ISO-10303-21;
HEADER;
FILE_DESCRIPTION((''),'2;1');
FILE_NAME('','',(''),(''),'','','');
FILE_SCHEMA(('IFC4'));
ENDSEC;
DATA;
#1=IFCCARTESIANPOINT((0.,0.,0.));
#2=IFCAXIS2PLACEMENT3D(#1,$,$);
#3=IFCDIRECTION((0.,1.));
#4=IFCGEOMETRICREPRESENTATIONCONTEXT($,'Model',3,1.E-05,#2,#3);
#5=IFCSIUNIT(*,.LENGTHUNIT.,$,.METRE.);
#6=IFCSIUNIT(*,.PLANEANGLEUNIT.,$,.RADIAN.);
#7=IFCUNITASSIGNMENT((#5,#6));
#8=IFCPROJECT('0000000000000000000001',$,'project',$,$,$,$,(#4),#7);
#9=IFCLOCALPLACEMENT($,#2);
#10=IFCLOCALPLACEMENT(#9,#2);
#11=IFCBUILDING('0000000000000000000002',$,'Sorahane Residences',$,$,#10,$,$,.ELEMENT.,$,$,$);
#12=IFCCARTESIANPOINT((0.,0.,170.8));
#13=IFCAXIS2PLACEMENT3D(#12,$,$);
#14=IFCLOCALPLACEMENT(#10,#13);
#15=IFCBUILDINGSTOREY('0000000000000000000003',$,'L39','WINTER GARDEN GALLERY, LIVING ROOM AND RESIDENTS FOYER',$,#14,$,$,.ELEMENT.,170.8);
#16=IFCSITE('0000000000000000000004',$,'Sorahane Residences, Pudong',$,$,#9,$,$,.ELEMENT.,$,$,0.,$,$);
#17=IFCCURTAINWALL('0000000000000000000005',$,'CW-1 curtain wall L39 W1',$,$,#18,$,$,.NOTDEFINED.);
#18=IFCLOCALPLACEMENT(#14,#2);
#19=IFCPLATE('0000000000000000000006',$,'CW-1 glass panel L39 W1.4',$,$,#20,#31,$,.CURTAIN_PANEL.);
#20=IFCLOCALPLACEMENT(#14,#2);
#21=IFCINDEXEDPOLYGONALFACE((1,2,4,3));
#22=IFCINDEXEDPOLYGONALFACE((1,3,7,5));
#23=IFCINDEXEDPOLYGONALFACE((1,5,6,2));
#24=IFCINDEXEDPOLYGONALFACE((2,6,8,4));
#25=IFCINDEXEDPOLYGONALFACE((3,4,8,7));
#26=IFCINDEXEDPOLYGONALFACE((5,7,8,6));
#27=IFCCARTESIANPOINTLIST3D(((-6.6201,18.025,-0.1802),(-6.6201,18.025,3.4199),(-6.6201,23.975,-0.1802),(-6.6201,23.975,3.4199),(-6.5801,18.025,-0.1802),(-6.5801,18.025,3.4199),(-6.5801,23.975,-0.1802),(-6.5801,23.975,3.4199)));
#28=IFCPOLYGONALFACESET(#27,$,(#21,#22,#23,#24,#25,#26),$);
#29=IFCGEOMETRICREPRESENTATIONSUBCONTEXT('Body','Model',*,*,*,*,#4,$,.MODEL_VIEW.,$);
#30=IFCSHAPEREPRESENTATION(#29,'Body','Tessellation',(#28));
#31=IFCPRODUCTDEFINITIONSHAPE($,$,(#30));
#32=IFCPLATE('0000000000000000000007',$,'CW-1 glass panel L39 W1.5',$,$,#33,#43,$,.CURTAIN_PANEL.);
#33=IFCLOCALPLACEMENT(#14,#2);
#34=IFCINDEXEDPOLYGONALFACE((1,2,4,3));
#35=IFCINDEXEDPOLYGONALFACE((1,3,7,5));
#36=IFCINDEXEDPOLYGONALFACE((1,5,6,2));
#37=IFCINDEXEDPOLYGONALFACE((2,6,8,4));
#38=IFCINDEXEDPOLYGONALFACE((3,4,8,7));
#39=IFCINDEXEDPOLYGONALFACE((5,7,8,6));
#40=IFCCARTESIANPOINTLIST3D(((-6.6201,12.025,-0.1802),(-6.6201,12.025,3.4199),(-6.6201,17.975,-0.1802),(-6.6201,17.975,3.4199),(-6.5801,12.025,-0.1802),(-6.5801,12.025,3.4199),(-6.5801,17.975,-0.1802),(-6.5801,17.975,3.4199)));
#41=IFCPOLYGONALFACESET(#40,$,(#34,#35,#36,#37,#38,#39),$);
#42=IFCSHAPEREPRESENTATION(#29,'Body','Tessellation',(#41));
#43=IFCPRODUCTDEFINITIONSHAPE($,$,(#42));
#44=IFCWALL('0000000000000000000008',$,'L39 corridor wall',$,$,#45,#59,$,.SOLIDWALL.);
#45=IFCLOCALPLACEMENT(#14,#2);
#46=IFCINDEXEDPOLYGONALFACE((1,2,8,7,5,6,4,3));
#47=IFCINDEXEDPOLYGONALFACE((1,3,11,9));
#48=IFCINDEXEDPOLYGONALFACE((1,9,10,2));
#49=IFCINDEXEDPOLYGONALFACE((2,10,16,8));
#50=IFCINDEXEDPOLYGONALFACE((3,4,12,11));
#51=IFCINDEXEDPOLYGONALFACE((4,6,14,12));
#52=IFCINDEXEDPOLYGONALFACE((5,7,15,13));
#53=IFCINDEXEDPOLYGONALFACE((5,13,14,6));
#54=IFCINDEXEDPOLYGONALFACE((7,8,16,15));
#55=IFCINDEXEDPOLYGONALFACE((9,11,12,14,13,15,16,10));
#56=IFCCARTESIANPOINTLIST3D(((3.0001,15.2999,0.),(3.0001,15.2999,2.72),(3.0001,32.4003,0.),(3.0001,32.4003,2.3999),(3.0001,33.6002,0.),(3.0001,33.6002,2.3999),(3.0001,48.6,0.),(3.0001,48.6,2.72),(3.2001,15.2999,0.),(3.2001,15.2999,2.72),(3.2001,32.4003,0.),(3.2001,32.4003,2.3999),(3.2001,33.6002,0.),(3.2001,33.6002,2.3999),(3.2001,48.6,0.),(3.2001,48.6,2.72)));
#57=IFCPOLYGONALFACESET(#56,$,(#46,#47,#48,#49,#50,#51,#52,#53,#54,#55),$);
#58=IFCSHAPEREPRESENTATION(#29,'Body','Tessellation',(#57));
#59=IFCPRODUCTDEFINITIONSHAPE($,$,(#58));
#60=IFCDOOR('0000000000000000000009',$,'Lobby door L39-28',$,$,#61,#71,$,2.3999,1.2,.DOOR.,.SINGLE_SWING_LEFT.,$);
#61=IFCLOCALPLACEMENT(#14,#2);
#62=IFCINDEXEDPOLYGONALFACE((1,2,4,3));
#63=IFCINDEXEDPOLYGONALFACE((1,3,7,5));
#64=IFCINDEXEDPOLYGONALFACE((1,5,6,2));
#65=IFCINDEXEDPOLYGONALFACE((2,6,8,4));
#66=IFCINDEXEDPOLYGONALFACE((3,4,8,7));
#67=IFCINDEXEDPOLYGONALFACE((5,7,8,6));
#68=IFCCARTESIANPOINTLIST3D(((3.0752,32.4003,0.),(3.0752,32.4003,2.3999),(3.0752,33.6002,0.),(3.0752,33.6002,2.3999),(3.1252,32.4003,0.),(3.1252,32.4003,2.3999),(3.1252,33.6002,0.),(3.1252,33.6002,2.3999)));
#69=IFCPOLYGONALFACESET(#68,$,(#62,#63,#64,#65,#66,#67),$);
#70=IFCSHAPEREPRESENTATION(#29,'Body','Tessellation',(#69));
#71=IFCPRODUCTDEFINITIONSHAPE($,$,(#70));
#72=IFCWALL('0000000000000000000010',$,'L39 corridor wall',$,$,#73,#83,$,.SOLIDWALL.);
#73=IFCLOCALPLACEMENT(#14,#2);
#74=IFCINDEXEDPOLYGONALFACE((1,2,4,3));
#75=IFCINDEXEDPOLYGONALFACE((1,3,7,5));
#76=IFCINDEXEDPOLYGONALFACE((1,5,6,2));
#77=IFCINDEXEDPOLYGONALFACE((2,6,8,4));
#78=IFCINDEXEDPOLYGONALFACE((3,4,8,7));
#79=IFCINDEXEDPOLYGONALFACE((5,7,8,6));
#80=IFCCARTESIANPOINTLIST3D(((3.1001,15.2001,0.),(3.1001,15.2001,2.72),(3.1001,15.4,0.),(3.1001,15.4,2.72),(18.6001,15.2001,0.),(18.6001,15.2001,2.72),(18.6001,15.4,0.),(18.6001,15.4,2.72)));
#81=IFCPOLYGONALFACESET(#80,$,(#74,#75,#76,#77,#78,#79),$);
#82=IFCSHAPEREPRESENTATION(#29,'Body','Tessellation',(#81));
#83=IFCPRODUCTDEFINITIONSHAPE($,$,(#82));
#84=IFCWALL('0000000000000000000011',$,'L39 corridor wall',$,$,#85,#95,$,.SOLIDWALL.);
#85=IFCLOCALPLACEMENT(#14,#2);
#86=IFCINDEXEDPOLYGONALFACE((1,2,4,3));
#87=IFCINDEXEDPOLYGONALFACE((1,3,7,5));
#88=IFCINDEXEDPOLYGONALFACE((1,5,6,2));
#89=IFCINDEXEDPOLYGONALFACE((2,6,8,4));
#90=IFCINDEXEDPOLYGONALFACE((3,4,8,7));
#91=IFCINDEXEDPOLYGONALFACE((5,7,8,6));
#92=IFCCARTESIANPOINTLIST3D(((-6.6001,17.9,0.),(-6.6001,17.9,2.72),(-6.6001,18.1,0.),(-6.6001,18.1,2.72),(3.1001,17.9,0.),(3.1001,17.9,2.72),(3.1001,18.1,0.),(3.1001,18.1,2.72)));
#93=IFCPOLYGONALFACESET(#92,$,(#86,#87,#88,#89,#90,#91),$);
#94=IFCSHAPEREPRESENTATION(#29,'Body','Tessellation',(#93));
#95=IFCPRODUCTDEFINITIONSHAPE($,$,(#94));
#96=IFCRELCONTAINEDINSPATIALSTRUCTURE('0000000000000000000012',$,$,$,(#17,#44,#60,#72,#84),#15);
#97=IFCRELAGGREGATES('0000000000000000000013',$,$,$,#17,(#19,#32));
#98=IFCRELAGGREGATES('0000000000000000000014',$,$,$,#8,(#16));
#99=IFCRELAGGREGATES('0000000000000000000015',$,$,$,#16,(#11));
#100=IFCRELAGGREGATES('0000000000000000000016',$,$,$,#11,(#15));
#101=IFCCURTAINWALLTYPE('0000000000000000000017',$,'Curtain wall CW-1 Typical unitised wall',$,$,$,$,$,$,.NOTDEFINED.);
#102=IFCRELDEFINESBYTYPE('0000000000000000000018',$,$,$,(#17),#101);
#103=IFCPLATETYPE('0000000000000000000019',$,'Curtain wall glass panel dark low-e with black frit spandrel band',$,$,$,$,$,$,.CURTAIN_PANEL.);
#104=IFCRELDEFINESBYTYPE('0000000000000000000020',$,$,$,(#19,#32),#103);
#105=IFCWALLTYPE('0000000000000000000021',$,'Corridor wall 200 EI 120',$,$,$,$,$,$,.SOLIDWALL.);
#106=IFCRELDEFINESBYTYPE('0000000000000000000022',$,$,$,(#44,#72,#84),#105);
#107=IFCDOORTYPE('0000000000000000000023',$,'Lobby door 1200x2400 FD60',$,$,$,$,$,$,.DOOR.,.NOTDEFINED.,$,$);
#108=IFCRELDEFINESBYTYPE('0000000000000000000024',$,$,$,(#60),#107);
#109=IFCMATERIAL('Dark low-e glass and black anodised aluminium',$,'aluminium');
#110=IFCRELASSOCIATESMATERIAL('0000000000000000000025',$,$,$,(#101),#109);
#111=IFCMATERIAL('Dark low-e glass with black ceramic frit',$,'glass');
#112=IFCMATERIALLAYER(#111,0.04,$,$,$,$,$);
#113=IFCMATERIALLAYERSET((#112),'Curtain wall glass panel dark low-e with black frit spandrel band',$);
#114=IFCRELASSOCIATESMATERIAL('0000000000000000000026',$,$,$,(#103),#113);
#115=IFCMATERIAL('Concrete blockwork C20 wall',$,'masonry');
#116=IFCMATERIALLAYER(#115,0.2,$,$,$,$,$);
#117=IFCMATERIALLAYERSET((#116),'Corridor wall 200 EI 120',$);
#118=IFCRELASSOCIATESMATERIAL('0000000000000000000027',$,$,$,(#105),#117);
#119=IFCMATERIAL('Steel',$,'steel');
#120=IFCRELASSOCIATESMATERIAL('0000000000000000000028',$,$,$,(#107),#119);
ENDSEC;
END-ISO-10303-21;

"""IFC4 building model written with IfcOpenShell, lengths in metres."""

from ifc_helpers import new_model, si_unit, direction, frame, frame_2d, origin, origin_2d, place, context, subcontext, project, spatial, rectangle, extrude, material, layer, layer_set, type_object, element, fill, aggregate, save


model = new_model("IFC4")

# Units and contexts
model_context = context("Model", 3, precision=1e-05, world=origin(), true_north=direction((0.0, 1.0)))
body_context = subcontext(model_context, "Body", "Model", "MODEL_VIEW")
ifc_project = project(units=[si_unit("LENGTHUNIT", "METRE"), si_unit("PLANEANGLEUNIT", "RADIAN")], contexts=[model_context])

# Site, building, storey
site_placement = place(None, origin())
site = spatial("IfcSite", under=ifc_project, at=site_placement, Name="Sorahane Residences, Pudong", CompositionType="ELEMENT", RefElevation=0.0)
building_placement = place(site_placement, origin())
building = spatial("IfcBuilding", under=site, at=building_placement, Name="Sorahane Residences", CompositionType="ELEMENT")
storey_placement = place(building_placement, frame((0.0, 0.0, 170.8)))
storey = spatial("IfcBuildingStorey", under=building, at=storey_placement, Name="L39", Description="WINTER GARDEN GALLERY, LIVING ROOM AND RESIDENTS FOYER", CompositionType="ELEMENT", Elevation=170.8)

# Curtain wall
ifc_material_1 = material(Name="Dark low-e glass and black anodised aluminium", Category="aluminium")
curtain_wall_type = type_object("IfcCurtainWallType", Name="Curtain wall CW-1 Typical unitised wall", PredefinedType="NOTDEFINED", material=ifc_material_1)
curtain_wall_placement = place(storey_placement, origin())
curtain_wall = element("IfcCurtainWall", 1, at=curtain_wall_placement, inside=storey, type_object=curtain_wall_type, Name="CW-1 curtain wall L39 W1", PredefinedType="NOTDEFINED")

# Plates
ifc_material_2 = material(Name="Dark low-e glass with black ceramic frit", Category="glass")
ifc_layer_1 = layer(ifc_material_2, 0.04)
ifc_layer_set_1 = layer_set([ifc_layer_1], Name="Curtain wall glass panel dark low-e with black frit spandrel band")
plate_type = type_object("IfcPlateType", Name="Curtain wall glass panel dark low-e with black frit spandrel band", PredefinedType="CURTAIN_PANEL", material=ifc_layer_set_1)
plate_1_placement = place(storey_placement, frame((-6.6001, 21.0, -0.1802), z_axis=(0.0, 0.0, 1.0), x_axis=(0.0, -1.0, 0.0)))
plate_1 = element("IfcPlate", 2, at=plate_1_placement, type_object=plate_type, Name="CW-1 glass panel L39 W1.4", PredefinedType="CURTAIN_PANEL", context=body_context, shape_type="SweptSolid", body=[
    extrude(rectangle(XDim=5.95, YDim=0.04, at=origin_2d()), origin(), (0.0, 0.0, 1.0), 3.6001),
])
plate_2_placement = place(storey_placement, frame((-6.6001, 15.0, -0.1802), z_axis=(0.0, 0.0, 1.0), x_axis=(0.0, -1.0, 0.0)))
plate_2 = element("IfcPlate", 3, at=plate_2_placement, type_object=plate_type, Name="CW-1 glass panel L39 W1.5", PredefinedType="CURTAIN_PANEL", context=body_context, shape_type="SweptSolid", body=[
    extrude(rectangle(XDim=5.95, YDim=0.04, at=origin_2d()), origin(), (0.0, 0.0, 1.0), 3.6001),
])
aggregate(curtain_wall, [plate_1, plate_2])

# Wall, opening, door
ifc_material_3 = material(Name="Concrete blockwork C20 wall", Category="masonry")
ifc_layer_2 = layer(ifc_material_3, 0.2)
ifc_layer_set_2 = layer_set([ifc_layer_2], Name="Corridor wall 200 EI 120")
wall_type_1 = type_object("IfcWallType", Name="Corridor wall 200 EI 120", PredefinedType="SOLIDWALL", material=ifc_layer_set_2)
wall_1_placement = place(storey_placement, frame((3.1001, 15.3, 0.0), z_axis=(0.0, 0.0, 1.0), x_axis=(0.0, 1.0, 0.0)))
wall_1 = element("IfcWall", 4, at=wall_1_placement, inside=storey, type_object=wall_type_1, Name="L39 corridor wall", PredefinedType="SOLIDWALL", context=body_context, shape_type="SweptSolid", body=[
    extrude(rectangle(XDim=33.3, YDim=0.2, at=frame_2d((16.6499, 0.0))), origin(), (0.0, 0.0, 1.0), 2.72),
])
opening_1_placement = place(wall_1_placement, frame((17.1001, 0.0, 0.0)))
opening_1 = element("IfcOpeningElement", 5, at=opening_1_placement, cuts=wall_1, PredefinedType="OPENING", context=body_context, shape_type="SweptSolid", body=[
    extrude(rectangle(XDim=1.2, YDim=2.3999, at=frame_2d((0.6001, 1.2))), frame((0.0, 0.1099, 0.0), z_axis=(0.0, -1.0, 0.0), x_axis=(1.0, 0.0, 0.0)), (0.0, 0.0, 1.0), 0.22),
])
ifc_material_4 = material(Name="Steel", Category="steel")
door_type_1 = type_object("IfcDoorType", Name="Lobby door 1200x2400 FD60", OperationType="NOTDEFINED", PredefinedType="DOOR", material=ifc_material_4)
door_1_placement = place(opening_1_placement, origin())
door_1 = element("IfcDoor", 6, at=door_1_placement, inside=storey, type_object=door_type_1, Name="Lobby door L39-28", OperationType="SINGLE_SWING_LEFT", OverallHeight=2.3999, OverallWidth=1.2, PredefinedType="DOOR", context=body_context, shape_type="SweptSolid", body=[
    extrude(rectangle(XDim=1.2, YDim=2.3999, at=frame_2d((0.6001, 1.2))), frame((0.0, 0.0249, 0.0), z_axis=(0.0, -1.0, 0.0), x_axis=(1.0, 0.0, 0.0)), (0.0, 0.0, 1.0), 0.05),
])
fill(opening_1, door_1)

# Walls
wall_2_placement = place(storey_placement, frame((3.1001, 15.3, 0.0), z_axis=(0.0, 0.0, 1.0), x_axis=(1.0, 0.0, 0.0)))
element("IfcWall", 7, at=wall_2_placement, inside=storey, type_object=wall_type_1, Name="L39 corridor wall", PredefinedType="SOLIDWALL", context=body_context, shape_type="SweptSolid", body=[
    extrude(rectangle(XDim=15.5, YDim=0.2, at=frame_2d((7.75, 0.0))), origin(), (0.0, 0.0, 1.0), 2.72),
])
wall_3_placement = place(storey_placement, frame((-6.6001, 18.0, 0.0), z_axis=(0.0, 0.0, 1.0), x_axis=(1.0, 0.0, 0.0)))
element("IfcWall", 8, at=wall_3_placement, inside=storey, type_object=wall_type_1, Name="L39 corridor wall", PredefinedType="SOLIDWALL", context=body_context, shape_type="SweptSolid", body=[
    extrude(rectangle(XDim=9.7002, YDim=0.2, at=frame_2d((4.8501, 0.0))), origin(), (0.0, 0.0, 1.0), 2.72),
])

save(model, "model.ifc")
